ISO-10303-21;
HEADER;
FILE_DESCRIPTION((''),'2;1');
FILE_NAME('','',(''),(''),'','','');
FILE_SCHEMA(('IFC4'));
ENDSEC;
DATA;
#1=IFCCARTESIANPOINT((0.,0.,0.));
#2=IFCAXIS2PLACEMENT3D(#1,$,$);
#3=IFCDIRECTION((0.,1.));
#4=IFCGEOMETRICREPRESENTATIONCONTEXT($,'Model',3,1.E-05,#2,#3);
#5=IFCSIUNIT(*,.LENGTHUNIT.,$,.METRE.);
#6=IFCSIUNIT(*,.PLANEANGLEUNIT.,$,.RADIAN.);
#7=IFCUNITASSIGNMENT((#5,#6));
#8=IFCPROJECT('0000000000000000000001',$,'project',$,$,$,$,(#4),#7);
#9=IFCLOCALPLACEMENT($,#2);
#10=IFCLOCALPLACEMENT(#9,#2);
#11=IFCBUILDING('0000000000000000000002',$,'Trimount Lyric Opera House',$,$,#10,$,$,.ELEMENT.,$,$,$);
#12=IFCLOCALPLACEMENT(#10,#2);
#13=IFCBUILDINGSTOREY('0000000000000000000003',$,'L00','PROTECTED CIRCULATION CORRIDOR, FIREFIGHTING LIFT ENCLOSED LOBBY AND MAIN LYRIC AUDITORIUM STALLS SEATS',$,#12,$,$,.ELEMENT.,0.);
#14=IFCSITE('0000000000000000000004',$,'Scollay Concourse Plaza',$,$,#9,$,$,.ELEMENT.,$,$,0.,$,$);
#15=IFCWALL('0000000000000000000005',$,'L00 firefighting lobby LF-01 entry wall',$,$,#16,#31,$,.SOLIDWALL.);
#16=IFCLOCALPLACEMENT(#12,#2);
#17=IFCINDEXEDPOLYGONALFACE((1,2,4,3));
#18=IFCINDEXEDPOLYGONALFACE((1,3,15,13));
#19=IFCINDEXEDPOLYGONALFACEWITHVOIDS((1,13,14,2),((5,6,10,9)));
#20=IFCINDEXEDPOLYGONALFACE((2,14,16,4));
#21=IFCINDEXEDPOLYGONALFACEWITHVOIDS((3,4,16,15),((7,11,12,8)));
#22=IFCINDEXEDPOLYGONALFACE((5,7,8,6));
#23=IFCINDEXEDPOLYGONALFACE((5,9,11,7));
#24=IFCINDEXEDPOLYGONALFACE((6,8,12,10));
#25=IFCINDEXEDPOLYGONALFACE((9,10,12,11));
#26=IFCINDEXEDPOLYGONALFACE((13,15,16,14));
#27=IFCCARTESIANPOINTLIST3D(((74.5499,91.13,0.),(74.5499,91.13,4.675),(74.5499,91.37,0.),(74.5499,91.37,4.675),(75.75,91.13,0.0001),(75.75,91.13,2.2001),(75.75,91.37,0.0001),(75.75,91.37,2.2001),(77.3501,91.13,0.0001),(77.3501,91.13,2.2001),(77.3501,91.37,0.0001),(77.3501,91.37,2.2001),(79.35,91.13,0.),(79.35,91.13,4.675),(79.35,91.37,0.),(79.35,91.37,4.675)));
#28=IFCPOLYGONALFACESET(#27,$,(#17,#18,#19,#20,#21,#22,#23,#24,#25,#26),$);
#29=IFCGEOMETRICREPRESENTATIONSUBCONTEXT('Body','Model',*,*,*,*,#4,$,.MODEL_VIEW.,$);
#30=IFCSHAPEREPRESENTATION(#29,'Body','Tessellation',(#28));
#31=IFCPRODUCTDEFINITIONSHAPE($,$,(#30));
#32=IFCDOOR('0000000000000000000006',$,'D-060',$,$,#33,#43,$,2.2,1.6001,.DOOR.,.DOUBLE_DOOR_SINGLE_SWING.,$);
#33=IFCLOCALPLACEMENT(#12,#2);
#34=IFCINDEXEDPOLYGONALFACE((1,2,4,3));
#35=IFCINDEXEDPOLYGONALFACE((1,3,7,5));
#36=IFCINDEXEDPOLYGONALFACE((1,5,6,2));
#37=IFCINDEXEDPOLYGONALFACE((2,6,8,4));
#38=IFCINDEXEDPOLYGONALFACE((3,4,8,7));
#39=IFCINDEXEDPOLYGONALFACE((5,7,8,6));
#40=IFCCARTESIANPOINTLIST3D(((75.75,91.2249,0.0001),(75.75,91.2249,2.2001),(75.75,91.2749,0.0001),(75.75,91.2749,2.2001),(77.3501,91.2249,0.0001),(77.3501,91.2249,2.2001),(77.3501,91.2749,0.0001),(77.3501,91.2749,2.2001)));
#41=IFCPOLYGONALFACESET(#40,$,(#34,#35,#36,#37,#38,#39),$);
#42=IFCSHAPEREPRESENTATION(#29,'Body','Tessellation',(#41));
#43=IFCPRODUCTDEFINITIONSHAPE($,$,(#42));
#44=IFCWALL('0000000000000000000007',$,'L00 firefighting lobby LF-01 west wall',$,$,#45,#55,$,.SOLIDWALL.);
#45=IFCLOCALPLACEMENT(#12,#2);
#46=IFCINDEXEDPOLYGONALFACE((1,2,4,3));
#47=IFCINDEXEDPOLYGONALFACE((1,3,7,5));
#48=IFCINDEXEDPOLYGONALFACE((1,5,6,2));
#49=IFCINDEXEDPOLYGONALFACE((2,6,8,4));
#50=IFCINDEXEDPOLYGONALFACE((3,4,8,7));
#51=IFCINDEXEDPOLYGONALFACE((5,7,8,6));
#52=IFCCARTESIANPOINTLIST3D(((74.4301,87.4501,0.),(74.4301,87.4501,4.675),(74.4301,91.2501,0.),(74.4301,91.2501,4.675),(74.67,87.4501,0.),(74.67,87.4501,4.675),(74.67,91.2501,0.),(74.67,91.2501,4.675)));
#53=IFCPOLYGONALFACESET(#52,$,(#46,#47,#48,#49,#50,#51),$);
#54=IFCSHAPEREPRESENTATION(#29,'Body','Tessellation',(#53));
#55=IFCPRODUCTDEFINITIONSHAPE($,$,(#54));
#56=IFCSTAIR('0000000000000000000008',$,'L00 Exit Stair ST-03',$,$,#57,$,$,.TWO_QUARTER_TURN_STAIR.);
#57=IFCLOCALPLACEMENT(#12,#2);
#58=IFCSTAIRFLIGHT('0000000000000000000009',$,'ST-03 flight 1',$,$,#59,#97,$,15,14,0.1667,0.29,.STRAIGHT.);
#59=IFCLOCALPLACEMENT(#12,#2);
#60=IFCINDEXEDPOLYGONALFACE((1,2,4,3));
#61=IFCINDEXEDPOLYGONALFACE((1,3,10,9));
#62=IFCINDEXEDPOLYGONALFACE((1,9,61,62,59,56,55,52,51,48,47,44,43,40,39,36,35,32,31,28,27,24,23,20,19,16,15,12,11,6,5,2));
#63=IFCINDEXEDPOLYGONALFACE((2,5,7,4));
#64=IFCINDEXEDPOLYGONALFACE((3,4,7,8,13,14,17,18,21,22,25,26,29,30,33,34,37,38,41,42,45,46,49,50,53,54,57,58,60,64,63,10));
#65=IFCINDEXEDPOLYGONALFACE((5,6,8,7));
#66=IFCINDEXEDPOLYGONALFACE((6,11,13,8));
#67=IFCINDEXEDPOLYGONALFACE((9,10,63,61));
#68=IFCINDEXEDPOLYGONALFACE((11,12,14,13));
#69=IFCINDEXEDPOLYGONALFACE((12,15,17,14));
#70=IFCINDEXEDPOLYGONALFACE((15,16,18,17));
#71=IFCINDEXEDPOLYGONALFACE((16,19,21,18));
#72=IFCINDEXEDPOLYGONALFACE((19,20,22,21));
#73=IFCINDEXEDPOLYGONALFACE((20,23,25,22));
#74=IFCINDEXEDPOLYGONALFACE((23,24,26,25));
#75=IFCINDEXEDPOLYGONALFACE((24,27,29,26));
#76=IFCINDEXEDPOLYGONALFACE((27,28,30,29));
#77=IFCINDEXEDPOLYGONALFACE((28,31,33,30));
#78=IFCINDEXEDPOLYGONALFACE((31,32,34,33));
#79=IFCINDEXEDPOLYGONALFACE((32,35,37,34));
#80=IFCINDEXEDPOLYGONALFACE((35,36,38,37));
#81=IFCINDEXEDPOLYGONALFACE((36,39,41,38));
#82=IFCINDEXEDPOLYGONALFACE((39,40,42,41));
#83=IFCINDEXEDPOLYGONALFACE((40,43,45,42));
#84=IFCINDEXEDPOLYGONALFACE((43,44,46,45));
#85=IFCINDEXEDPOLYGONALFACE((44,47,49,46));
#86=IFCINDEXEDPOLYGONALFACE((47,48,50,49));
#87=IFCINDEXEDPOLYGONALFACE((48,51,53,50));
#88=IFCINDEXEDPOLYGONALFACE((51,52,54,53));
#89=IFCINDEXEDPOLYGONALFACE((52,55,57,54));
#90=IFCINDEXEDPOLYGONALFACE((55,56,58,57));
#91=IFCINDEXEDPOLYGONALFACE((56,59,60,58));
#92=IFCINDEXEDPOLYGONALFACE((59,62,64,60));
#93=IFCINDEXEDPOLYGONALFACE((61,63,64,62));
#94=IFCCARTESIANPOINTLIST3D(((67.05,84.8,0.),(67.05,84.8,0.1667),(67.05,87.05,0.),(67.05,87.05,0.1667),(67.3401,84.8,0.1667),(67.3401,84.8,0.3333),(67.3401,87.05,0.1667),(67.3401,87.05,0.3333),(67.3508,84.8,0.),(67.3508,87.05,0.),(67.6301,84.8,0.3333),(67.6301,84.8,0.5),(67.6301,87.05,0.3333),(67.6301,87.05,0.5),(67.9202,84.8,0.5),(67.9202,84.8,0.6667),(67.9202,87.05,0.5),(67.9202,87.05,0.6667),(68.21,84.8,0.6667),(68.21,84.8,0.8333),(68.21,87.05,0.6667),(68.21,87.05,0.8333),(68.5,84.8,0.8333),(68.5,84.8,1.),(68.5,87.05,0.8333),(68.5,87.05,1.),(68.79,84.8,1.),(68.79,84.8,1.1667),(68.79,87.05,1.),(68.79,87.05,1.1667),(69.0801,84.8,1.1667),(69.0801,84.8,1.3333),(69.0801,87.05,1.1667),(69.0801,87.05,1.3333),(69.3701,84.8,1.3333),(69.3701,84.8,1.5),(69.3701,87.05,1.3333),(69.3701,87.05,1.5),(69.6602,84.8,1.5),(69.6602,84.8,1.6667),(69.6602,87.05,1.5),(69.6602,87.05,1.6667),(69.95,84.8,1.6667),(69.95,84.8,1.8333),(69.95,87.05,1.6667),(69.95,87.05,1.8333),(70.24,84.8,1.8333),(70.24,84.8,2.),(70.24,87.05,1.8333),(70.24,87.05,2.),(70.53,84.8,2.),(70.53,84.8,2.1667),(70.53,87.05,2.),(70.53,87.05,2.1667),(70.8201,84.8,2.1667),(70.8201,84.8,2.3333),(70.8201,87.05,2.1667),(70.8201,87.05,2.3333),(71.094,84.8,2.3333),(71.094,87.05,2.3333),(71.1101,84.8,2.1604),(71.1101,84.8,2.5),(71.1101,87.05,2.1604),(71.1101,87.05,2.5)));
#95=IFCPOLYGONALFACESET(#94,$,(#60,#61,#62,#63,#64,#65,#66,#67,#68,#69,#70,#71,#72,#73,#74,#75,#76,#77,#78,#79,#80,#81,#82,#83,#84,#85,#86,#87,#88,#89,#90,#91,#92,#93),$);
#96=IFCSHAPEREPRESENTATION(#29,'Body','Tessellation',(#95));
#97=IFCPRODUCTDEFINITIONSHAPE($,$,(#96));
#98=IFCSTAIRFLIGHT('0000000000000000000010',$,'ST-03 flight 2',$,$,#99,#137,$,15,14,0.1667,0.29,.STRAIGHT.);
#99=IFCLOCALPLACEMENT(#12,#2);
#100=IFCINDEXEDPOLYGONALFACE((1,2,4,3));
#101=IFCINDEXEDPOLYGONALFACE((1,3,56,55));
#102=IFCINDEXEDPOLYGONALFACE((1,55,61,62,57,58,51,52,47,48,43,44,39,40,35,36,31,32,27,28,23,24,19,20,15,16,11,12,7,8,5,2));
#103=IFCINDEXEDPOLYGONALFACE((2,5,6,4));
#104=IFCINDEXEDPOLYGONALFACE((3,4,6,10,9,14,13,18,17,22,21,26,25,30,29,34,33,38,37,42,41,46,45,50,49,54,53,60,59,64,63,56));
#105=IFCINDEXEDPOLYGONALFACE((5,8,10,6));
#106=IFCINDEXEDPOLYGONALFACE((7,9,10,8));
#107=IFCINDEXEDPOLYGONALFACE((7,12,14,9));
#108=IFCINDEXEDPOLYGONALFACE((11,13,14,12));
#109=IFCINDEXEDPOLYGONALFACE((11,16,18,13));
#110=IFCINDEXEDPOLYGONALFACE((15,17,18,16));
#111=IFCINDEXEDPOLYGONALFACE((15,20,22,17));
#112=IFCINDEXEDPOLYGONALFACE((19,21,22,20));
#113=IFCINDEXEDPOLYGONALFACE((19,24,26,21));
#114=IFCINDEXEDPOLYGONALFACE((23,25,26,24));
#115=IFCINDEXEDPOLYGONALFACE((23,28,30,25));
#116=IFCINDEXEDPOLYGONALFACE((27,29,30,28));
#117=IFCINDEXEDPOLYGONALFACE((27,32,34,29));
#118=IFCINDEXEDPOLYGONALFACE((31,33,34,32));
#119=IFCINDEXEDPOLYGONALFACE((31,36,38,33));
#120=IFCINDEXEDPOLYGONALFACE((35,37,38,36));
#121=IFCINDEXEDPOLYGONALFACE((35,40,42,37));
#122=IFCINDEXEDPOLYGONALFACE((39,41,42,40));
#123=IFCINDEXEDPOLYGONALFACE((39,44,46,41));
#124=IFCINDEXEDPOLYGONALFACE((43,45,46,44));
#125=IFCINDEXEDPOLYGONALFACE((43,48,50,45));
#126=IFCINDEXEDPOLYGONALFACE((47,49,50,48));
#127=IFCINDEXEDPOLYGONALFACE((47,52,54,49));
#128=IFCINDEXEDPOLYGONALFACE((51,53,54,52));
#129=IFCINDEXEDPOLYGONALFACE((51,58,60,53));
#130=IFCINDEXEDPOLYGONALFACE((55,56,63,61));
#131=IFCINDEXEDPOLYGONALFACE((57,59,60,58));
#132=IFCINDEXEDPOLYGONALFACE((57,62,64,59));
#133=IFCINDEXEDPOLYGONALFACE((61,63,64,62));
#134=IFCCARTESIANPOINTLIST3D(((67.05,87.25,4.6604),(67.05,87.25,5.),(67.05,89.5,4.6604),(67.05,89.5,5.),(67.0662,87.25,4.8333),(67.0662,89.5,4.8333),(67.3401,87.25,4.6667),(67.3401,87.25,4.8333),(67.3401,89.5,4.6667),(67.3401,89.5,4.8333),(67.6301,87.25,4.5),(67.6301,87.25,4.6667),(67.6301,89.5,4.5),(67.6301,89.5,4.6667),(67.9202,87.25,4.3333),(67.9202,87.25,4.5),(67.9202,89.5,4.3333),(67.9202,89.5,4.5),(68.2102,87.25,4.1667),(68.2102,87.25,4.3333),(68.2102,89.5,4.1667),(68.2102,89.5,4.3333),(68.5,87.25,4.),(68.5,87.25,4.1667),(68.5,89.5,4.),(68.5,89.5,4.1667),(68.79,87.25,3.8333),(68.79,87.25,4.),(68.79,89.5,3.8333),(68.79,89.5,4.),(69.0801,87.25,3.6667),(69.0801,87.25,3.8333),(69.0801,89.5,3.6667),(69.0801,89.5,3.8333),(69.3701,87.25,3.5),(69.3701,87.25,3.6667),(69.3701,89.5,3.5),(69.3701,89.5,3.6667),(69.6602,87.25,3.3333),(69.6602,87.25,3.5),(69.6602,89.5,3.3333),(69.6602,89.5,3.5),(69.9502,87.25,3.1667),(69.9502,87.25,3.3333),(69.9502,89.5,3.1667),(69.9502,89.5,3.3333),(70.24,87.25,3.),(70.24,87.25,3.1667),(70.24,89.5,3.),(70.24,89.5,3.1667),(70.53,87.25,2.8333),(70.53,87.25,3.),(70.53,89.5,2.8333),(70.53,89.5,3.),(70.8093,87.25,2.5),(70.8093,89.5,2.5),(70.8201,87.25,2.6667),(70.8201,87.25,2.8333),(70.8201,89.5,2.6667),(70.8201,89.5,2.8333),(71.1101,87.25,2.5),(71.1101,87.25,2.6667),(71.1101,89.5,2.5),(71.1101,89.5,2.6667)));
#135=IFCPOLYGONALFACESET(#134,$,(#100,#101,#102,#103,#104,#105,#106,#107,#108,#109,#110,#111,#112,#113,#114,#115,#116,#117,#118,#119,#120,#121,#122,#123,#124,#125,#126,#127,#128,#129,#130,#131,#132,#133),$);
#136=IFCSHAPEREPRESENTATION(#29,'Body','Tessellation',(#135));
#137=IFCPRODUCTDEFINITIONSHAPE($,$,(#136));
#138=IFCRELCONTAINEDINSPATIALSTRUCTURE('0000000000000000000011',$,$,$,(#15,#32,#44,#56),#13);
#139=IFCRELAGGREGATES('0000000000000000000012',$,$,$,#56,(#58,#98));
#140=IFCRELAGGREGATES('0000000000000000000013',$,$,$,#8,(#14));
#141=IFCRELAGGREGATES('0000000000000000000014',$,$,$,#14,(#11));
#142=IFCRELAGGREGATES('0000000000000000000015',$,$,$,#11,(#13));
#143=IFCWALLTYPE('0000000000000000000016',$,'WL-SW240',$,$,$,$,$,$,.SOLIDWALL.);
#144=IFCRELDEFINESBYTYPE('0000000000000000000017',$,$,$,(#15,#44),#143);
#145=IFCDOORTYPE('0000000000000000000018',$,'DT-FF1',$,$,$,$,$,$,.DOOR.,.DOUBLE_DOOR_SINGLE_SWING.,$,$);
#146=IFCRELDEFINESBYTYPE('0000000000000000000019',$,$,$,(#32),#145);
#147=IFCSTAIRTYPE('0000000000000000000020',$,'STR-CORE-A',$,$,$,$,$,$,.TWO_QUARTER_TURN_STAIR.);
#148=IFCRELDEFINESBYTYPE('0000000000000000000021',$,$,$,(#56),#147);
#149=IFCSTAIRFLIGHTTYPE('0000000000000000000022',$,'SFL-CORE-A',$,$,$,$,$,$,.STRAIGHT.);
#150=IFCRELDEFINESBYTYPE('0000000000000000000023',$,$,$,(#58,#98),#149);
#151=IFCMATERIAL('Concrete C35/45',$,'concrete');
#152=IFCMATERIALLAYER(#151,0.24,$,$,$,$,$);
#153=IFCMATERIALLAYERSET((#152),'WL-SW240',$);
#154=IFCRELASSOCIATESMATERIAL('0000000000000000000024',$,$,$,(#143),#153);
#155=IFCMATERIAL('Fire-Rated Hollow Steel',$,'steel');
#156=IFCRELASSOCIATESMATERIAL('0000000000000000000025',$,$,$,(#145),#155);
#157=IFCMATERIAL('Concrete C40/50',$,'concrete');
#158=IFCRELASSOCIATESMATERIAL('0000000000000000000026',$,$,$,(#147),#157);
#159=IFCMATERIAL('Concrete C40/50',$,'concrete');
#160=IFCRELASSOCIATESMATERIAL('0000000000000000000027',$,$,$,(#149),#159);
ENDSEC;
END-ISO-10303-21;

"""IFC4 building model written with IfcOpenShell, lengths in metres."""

from ifc_helpers import new_model, si_unit, direction, frame, frame_2d, origin, place, context, subcontext, project, spatial, polyline, rectangle, outline, extrude, material, layer, layer_set, type_object, element, fill, aggregate, save


model = new_model("IFC4")

# Units and contexts
model_context = context("Model", 3, precision=1e-05, world=origin(), true_north=direction((0.0, 1.0)))
body_context = subcontext(model_context, "Body", "Model", "MODEL_VIEW")
ifc_project = project(units=[si_unit("LENGTHUNIT", "METRE"), si_unit("PLANEANGLEUNIT", "RADIAN")], contexts=[model_context])

# Site, building, storey
site_placement = place(None, origin())
site = spatial("IfcSite", under=ifc_project, at=site_placement, Name="Scollay Concourse Plaza", CompositionType="ELEMENT", RefElevation=0.0)
building_placement = place(site_placement, origin())
building = spatial("IfcBuilding", under=site, at=building_placement, Name="Trimount Lyric Opera House", CompositionType="ELEMENT")
storey_placement = place(building_placement, origin())
storey = spatial("IfcBuildingStorey", under=building, at=storey_placement, Name="L00", Description="PROTECTED CIRCULATION CORRIDOR, FIREFIGHTING LIFT ENCLOSED LOBBY AND MAIN LYRIC AUDITORIUM STALLS SEATS", CompositionType="ELEMENT", Elevation=0.0)

# Wall, opening, door
ifc_material_1 = material(Name="Concrete C35/45", Category="concrete")
ifc_layer_1 = layer(ifc_material_1, 0.24)
ifc_layer_set_1 = layer_set([ifc_layer_1], Name="WL-SW240")
wall_type_1 = type_object("IfcWallType", Name="WL-SW240", PredefinedType="SOLIDWALL", material=ifc_layer_set_1)
wall_1_placement = place(storey_placement, frame((74.55, 91.25, 0.0), z_axis=(0.0, 0.0, 1.0), x_axis=(1.0, 0.0, 0.0)))
wall_1 = element("IfcWall", 1, at=wall_1_placement, inside=storey, type_object=wall_type_1, Name="L00 firefighting lobby LF-01 entry wall", PredefinedType="SOLIDWALL", context=body_context, shape_type="SweptSolid", body=[
    extrude(rectangle(XDim=4.8, YDim=0.24, at=frame_2d((2.3999, 0.0))), origin(), (0.0, 0.0, 1.0), 4.675),
])
opening_1_placement = place(wall_1_placement, frame((1.2, 0.0, 0.0)))
opening_1 = element("IfcOpeningElement", 2, at=opening_1_placement, cuts=wall_1, PredefinedType="OPENING", context=body_context, shape_type="SweptSolid", body=[
    extrude(rectangle(XDim=1.6001, YDim=2.2, at=frame_2d((0.8, 1.1001))), frame((0.0, 0.1299, 0.0), z_axis=(0.0, -1.0, 0.0), x_axis=(1.0, 0.0, 0.0)), (0.0, 0.0, 1.0), 0.26),
])
ifc_material_2 = material(Name="Fire-Rated Hollow Steel", Category="steel")
door_type_1 = type_object("IfcDoorType", Name="DT-FF1", OperationType="DOUBLE_DOOR_SINGLE_SWING", PredefinedType="DOOR", material=ifc_material_2)
door_1_placement = place(opening_1_placement, origin())
door_1 = element("IfcDoor", 3, at=door_1_placement, inside=storey, type_object=door_type_1, Name="D-060", OperationType="DOUBLE_DOOR_SINGLE_SWING", OverallHeight=2.2, OverallWidth=1.6001, PredefinedType="DOOR", context=body_context, shape_type="SweptSolid", body=[
    extrude(rectangle(XDim=1.6001, YDim=2.2, at=frame_2d((0.8, 1.1001))), frame((0.0, 0.0249, 0.0), z_axis=(0.0, -1.0, 0.0), x_axis=(1.0, 0.0, 0.0)), (0.0, 0.0, 1.0), 0.05),
])
fill(opening_1, door_1)

# Wall
wall_2_placement = place(storey_placement, frame((74.55, 91.25, 0.0), z_axis=(0.0, 0.0, 1.0), x_axis=(0.0, -1.0, 0.0)))
element("IfcWall", 4, at=wall_2_placement, inside=storey, type_object=wall_type_1, Name="L00 firefighting lobby LF-01 west wall", PredefinedType="SOLIDWALL", context=body_context, shape_type="SweptSolid", body=[
    extrude(rectangle(XDim=3.8, YDim=0.24, at=frame_2d((1.8999, 0.0))), origin(), (0.0, 0.0, 1.0), 4.675),
])

# Stair, stair flights
ifc_material_3 = material(Name="Concrete C40/50", Category="concrete")
stair_type = type_object("IfcStairType", Name="STR-CORE-A", PredefinedType="TWO_QUARTER_TURN_STAIR", material=ifc_material_3)
stair_placement = place(storey_placement, origin())
stair = element("IfcStair", 5, at=stair_placement, inside=storey, type_object=stair_type, Name="L00 Exit Stair ST-03", PredefinedType="TWO_QUARTER_TURN_STAIR")
ifc_material_4 = material(Name="Concrete C40/50", Category="concrete")
stair_flight_type = type_object("IfcStairFlightType", Name="SFL-CORE-A", PredefinedType="STRAIGHT", material=ifc_material_4)
stair_flight_1_placement = place(storey_placement, frame((67.05, 85.925, 0.0), z_axis=(0.0, 0.0, 1.0), x_axis=(1.0, 0.0, 0.0)))
stair_flight_1 = element("IfcStairFlight", 6, at=stair_flight_1_placement, type_object=stair_flight_type, Name="ST-03 flight 1", NumberOfRisers=15, NumberOfTreads=14, PredefinedType="STRAIGHT", RiserHeight=0.1667, TreadLength=0.29, context=body_context, shape_type="SweptSolid", body=[
    extrude(outline(polyline([(0.0, 0.0), (0.0, 0.1667), (0.29, 0.1667), (0.29, 0.3333), (0.5801, 0.3333), (0.5801, 0.5), (0.8701, 0.5), (0.8701, 0.6667), (1.1599, 0.6667), (1.1599, 0.8333), (1.45, 0.8333), (1.45, 1.0), (1.74, 1.0), (1.74, 1.1667), (2.03, 1.1667), (2.03, 1.3333), (2.3201, 1.3333), (2.3201, 1.5), (2.6101, 1.5), (2.6101, 1.6667), (2.8999, 1.6667), (2.8999, 1.8333), (3.1899, 1.8333), (3.1899, 2.0), (3.48, 2.0), (3.48, 2.1667), (3.77, 2.1667), (3.77, 2.3333), (4.0439, 2.3333), (4.0601, 2.5), (4.0601, 2.1604), (0.3008, 0.0), (0.0, 0.0)])), frame((0.0, 1.125, 0.0), z_axis=(0.0, -1.0, 0.0), x_axis=(1.0, 0.0, 0.0)), (0.0, 0.0, 1.0), 2.25),
])
stair_flight_2_placement = place(storey_placement, frame((71.1101, 88.375, 2.5), z_axis=(0.0, 0.0, 1.0), x_axis=(-1.0, 0.0, 0.0)))
stair_flight_2 = element("IfcStairFlight", 7, at=stair_flight_2_placement, type_object=stair_flight_type, Name="ST-03 flight 2", NumberOfRisers=15, NumberOfTreads=14, PredefinedType="STRAIGHT", RiserHeight=0.1667, TreadLength=0.29, context=body_context, shape_type="SweptSolid", body=[
    extrude(outline(polyline([(0.0, 0.0), (0.0, 0.1667), (0.29, 0.1667), (0.29, 0.3333), (0.5801, 0.3333), (0.5801, 0.5), (0.8701, 0.5), (0.8701, 0.6667), (1.1599, 0.6667), (1.1599, 0.8333), (1.45, 0.8333), (1.45, 1.0), (1.74, 1.0), (1.74, 1.1667), (2.03, 1.1667), (2.03, 1.3333), (2.3201, 1.3333), (2.3201, 1.5), (2.6101, 1.5), (2.6101, 1.6667), (2.8999, 1.6667), (2.8999, 1.8333), (3.1899, 1.8333), (3.1899, 2.0), (3.48, 2.0), (3.48, 2.1667), (3.77, 2.1667), (3.77, 2.3333), (4.0439, 2.3333), (4.0601, 2.5), (4.0601, 2.1604), (0.3008, 0.0), (0.0, 0.0)])), frame((0.0, 1.125, 0.0), z_axis=(0.0, -1.0, 0.0), x_axis=(1.0, 0.0, 0.0)), (0.0, 0.0, 1.0), 2.25),
])
aggregate(stair, [stair_flight_1, stair_flight_2])

save(model, "model.ifc")
